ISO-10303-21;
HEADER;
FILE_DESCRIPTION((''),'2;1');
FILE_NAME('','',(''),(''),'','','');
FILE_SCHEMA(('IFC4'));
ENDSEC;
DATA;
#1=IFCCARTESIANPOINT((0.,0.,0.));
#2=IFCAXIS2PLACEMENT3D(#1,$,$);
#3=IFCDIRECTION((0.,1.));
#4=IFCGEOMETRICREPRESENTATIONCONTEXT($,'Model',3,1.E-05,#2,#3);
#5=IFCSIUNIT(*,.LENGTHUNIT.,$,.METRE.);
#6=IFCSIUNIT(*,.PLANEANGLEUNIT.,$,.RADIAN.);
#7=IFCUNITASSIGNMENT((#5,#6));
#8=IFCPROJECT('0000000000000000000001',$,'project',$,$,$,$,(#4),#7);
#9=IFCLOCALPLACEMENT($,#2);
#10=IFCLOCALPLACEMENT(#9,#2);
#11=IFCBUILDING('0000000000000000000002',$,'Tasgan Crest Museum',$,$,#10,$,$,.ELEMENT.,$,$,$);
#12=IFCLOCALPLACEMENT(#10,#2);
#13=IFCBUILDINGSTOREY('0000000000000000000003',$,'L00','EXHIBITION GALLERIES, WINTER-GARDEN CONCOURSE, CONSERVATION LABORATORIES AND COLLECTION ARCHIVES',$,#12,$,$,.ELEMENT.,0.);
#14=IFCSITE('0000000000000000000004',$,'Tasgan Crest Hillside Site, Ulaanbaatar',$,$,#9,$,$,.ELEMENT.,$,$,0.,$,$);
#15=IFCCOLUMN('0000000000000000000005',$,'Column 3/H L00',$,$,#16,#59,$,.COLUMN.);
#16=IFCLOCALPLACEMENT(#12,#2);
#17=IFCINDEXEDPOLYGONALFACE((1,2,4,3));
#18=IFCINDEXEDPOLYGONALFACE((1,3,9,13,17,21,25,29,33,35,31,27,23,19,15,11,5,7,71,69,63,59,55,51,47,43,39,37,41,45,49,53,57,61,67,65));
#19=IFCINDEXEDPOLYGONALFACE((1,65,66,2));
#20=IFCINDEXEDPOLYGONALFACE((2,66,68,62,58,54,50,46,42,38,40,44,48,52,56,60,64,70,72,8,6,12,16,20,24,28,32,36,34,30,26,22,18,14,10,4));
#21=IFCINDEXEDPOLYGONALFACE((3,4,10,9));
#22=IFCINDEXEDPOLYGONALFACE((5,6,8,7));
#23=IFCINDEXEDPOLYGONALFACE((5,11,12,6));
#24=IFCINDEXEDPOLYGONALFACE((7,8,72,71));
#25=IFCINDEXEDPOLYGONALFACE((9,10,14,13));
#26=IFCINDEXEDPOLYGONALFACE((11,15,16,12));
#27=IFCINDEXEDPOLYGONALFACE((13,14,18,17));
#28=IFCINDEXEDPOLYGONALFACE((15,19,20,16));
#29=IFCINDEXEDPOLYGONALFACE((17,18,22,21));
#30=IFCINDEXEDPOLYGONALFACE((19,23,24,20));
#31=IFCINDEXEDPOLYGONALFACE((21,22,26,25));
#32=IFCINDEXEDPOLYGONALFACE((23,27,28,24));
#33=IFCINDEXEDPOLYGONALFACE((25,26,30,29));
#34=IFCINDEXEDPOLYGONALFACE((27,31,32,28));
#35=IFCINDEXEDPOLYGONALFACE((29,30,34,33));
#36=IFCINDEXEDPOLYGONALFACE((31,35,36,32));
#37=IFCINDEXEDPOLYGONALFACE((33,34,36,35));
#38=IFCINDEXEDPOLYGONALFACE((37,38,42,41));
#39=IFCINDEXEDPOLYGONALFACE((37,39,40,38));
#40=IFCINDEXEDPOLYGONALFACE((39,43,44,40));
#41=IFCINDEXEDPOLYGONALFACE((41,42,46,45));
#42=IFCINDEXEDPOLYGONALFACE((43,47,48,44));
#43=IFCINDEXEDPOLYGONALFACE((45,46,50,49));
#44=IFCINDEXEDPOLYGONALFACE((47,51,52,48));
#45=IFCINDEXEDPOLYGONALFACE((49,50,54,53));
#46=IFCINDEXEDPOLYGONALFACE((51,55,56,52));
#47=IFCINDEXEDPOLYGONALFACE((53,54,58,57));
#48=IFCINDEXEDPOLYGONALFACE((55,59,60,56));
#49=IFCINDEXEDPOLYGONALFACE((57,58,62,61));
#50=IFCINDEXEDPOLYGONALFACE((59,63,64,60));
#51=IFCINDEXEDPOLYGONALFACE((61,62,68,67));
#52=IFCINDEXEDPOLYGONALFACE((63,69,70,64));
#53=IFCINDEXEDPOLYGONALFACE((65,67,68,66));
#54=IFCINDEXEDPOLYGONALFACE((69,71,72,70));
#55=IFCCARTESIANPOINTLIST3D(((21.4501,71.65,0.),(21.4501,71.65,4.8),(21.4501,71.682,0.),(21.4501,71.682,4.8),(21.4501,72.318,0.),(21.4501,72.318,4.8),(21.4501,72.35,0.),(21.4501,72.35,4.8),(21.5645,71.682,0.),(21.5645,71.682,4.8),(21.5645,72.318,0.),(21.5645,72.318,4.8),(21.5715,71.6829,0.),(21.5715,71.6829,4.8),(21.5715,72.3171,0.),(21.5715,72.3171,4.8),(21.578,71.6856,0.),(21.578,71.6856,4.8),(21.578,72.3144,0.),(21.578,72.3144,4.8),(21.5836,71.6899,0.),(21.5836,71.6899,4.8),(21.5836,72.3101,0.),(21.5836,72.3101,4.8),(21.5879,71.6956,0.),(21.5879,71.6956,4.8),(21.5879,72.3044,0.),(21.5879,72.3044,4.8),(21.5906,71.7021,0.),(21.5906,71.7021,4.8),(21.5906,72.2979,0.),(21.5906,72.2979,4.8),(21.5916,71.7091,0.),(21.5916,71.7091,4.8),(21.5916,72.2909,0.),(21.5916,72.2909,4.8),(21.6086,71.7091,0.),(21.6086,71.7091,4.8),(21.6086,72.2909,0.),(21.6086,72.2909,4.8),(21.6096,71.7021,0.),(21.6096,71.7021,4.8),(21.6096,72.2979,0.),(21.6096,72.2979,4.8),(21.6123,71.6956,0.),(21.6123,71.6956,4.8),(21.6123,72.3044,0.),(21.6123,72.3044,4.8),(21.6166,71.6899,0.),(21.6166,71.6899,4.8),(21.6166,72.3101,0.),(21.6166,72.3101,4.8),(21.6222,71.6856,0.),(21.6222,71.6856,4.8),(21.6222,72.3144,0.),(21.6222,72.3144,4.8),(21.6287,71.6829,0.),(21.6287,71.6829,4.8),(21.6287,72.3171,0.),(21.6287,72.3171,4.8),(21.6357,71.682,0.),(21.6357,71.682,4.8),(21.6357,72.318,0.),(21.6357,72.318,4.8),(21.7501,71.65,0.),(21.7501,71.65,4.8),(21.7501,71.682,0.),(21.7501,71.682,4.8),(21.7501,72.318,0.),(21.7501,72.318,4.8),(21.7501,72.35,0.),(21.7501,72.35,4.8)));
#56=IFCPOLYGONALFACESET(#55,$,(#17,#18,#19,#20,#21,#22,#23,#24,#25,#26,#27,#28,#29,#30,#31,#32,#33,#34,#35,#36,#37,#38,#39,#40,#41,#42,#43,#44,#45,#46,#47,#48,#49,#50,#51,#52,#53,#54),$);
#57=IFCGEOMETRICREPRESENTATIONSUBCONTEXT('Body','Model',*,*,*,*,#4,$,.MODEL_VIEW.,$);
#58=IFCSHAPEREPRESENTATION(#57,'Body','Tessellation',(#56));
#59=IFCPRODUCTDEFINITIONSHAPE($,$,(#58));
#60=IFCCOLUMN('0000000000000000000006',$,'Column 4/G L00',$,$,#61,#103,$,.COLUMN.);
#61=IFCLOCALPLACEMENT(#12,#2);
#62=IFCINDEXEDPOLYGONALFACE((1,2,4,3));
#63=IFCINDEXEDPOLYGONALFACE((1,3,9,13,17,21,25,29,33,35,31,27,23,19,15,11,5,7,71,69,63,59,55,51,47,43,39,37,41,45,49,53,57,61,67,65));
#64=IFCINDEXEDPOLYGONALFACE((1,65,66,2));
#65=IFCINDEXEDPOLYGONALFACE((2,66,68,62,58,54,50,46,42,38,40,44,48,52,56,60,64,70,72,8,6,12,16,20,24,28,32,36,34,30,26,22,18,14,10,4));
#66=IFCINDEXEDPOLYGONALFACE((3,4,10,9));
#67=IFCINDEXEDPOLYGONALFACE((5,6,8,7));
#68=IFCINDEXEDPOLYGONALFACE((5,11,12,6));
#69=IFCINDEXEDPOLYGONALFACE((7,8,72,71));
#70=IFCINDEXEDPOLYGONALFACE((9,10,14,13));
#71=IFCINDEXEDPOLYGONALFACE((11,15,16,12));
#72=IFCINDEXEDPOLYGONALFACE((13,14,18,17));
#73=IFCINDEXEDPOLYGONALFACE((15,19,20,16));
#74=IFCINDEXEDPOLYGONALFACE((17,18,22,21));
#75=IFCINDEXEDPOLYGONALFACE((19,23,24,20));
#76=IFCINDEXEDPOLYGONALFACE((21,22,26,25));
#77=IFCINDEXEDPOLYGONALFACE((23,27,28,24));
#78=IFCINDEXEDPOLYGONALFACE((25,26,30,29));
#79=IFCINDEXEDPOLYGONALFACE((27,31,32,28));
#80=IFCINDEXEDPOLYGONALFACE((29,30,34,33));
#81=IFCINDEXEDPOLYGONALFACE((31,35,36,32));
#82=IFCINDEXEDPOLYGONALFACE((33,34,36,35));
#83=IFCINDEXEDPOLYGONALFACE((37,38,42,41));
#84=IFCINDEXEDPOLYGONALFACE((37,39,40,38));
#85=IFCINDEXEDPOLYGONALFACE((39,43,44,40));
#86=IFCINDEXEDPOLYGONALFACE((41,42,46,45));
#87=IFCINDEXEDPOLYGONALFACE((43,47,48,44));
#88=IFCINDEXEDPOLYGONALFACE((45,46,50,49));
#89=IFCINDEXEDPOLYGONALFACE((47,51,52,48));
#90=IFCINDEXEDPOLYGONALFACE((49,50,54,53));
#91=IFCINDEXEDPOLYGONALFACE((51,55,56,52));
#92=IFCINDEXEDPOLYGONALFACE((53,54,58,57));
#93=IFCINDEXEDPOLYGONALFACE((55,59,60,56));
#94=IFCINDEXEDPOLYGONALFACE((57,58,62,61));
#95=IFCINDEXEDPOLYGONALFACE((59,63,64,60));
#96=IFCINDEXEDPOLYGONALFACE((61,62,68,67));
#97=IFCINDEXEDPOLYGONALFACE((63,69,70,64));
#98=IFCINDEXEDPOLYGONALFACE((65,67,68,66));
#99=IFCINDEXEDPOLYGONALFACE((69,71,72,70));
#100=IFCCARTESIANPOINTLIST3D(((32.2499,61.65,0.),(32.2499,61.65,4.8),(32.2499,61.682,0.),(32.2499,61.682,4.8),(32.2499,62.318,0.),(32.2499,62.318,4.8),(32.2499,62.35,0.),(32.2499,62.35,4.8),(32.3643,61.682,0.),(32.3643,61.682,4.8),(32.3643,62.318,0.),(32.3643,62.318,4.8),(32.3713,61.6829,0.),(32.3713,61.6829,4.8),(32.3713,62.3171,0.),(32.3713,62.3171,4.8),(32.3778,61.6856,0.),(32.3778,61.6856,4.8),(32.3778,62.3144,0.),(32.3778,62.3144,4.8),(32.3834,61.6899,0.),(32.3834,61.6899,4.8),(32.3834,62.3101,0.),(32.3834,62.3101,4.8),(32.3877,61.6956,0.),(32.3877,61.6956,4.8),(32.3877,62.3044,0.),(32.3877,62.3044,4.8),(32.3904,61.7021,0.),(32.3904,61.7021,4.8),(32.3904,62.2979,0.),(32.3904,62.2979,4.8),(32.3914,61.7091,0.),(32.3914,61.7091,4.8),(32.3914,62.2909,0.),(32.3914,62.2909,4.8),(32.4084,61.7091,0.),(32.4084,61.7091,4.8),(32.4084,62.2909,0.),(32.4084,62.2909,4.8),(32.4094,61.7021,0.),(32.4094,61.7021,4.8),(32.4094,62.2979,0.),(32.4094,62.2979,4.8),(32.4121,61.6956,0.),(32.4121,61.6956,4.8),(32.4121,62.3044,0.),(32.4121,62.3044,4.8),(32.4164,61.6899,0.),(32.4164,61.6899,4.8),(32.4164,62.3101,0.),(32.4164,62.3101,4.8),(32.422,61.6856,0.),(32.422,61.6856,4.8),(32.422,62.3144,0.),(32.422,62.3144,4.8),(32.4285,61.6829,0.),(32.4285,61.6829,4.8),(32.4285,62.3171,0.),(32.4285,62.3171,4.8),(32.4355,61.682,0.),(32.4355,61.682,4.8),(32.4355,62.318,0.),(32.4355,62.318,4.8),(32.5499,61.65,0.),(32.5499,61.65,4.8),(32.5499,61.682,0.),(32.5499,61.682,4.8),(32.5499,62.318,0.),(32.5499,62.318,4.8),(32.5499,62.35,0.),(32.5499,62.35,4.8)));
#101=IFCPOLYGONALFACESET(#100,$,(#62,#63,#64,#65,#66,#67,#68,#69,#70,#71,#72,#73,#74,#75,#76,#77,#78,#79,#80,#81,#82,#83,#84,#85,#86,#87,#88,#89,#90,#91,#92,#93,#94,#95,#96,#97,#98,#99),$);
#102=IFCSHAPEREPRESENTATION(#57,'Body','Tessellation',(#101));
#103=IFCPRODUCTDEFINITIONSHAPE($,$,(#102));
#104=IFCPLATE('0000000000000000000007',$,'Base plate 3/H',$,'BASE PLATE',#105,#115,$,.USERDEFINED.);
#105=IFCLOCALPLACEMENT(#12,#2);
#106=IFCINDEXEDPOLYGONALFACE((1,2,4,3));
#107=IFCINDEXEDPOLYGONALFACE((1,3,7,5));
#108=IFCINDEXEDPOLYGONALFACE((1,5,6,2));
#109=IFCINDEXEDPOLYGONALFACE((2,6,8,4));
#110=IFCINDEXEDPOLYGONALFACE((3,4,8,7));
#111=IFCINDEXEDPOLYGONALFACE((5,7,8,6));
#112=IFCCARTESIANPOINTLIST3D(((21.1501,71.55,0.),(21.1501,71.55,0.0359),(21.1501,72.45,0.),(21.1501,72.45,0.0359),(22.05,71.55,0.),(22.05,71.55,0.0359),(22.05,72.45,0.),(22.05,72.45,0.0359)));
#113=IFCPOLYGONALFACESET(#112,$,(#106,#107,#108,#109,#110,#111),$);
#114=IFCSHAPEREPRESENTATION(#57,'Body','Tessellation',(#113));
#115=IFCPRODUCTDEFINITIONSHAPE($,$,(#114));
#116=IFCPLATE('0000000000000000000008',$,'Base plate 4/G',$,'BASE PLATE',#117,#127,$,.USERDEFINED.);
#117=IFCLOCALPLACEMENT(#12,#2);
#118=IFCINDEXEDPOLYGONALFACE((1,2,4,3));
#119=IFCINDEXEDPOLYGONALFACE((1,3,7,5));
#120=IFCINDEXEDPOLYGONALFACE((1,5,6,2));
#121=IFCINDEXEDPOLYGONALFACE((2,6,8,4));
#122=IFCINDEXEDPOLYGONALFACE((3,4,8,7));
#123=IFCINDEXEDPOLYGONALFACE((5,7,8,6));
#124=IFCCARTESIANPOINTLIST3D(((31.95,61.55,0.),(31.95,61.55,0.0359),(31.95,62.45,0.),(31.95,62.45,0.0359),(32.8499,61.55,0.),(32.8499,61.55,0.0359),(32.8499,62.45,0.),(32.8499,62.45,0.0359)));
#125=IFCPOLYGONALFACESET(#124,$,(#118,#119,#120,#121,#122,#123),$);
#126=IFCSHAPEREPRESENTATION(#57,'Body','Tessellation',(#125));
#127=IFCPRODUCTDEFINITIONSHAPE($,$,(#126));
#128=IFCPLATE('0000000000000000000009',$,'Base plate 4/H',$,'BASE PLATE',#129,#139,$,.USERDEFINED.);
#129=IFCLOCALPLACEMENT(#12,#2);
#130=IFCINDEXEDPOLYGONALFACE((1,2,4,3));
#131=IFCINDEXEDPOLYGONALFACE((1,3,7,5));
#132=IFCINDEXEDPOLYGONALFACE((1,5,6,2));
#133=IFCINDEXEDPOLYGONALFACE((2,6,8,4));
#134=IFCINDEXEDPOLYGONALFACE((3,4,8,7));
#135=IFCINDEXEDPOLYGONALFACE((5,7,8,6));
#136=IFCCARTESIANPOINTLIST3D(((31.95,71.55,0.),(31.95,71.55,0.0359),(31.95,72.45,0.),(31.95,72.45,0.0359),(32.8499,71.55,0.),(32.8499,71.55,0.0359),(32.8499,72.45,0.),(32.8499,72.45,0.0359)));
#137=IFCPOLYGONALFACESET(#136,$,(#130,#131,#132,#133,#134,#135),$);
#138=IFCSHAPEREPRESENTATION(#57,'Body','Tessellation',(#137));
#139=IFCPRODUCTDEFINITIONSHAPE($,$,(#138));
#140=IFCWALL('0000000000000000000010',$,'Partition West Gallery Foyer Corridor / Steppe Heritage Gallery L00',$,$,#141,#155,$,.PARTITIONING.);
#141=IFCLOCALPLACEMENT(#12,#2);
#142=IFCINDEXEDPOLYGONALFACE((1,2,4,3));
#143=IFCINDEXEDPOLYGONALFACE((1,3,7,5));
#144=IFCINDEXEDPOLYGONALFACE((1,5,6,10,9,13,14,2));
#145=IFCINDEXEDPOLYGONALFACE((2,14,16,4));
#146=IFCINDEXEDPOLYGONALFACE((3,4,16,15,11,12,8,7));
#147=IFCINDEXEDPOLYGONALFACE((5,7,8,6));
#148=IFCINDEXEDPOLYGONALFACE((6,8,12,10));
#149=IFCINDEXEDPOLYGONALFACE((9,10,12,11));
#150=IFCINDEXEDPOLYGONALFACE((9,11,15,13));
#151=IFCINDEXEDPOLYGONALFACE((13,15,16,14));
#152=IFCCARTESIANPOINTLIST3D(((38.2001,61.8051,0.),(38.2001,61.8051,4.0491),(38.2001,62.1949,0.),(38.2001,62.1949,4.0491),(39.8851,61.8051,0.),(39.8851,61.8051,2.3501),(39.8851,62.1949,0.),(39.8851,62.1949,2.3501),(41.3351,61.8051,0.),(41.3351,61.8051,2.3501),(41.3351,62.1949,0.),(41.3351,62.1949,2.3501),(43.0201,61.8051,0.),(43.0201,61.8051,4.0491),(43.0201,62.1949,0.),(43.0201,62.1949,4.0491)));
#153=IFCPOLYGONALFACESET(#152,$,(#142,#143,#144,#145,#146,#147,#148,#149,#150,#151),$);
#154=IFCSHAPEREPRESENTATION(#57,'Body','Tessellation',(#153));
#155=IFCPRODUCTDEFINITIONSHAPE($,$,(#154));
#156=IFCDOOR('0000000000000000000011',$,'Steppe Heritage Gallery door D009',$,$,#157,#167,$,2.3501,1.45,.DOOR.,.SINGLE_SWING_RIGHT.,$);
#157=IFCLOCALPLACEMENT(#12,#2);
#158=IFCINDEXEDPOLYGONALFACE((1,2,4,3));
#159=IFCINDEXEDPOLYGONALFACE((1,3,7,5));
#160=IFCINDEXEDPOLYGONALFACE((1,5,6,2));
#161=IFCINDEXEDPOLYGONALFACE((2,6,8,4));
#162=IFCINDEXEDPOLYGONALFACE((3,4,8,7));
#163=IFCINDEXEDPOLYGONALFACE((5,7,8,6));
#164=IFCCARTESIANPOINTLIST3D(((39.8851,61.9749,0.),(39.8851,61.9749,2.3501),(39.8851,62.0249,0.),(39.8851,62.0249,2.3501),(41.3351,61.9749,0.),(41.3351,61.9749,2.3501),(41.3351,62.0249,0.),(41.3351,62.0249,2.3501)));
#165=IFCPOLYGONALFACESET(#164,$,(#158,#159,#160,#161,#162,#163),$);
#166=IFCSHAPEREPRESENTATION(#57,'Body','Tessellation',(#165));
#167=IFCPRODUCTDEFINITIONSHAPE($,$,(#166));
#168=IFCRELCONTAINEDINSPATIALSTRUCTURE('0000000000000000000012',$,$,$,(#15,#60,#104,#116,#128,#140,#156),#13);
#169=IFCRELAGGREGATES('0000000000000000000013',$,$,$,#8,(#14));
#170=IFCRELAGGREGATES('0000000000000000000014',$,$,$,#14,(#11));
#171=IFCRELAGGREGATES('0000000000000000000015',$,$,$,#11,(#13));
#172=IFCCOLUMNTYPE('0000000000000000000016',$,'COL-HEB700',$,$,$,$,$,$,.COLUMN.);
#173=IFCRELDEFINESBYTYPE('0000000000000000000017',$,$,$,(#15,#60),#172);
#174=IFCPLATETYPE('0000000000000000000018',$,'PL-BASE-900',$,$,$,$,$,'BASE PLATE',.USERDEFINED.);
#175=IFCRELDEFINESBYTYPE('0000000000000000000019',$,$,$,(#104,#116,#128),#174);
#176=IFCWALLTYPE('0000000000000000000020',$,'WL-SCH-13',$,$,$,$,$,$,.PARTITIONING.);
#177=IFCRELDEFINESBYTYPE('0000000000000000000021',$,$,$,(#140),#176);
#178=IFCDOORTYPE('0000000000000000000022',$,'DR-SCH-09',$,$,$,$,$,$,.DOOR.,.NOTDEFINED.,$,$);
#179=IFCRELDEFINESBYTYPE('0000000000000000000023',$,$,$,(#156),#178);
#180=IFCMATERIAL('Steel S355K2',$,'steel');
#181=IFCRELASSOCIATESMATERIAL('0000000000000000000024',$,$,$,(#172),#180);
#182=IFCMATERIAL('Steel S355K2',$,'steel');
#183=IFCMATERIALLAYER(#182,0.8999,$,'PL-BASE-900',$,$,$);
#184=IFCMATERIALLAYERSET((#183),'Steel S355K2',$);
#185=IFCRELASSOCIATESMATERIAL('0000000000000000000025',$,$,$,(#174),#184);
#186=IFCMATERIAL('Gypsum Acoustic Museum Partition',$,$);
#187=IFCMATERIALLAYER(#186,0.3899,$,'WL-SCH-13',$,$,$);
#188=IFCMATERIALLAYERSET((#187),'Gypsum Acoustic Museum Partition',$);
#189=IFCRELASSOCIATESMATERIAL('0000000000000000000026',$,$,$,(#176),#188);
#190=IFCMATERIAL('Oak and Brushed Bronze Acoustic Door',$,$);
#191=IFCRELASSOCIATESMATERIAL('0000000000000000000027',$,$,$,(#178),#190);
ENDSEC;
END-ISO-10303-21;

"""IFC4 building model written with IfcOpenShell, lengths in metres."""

from ifc_helpers import new_model, si_unit, direction, frame, frame_2d, origin, origin_2d, place, context, subcontext, project, spatial, rectangle, i_section, extrude, material, layer, layer_set, material_profile, profile_set, type_object, element, fill, save


model = new_model("IFC4")

# Units and contexts
model_context = context("Model", 3, precision=1e-05, world=origin(), true_north=direction((0.0, 1.0)))
body_context = subcontext(model_context, "Body", "Model", "MODEL_VIEW")
ifc_project = project(units=[si_unit("LENGTHUNIT", "METRE"), si_unit("PLANEANGLEUNIT", "RADIAN")], contexts=[model_context])

# Site, building, storey
site_placement = place(None, origin())
site = spatial("IfcSite", under=ifc_project, at=site_placement, Name="Tasgan Crest Hillside Site, Ulaanbaatar", CompositionType="ELEMENT", RefElevation=0.0)
building_placement = place(site_placement, origin())
building = spatial("IfcBuilding", under=site, at=building_placement, Name="Tasgan Crest Museum", CompositionType="ELEMENT")
storey_placement = place(building_placement, origin())
storey = spatial("IfcBuildingStorey", under=building, at=storey_placement, Name="L00", Description="EXHIBITION GALLERIES, WINTER-GARDEN CONCOURSE, CONSERVATION LABORATORIES AND COLLECTION ARCHIVES", CompositionType="ELEMENT", Elevation=0.0)

# Columns
ifc_material_1 = material(Name="Steel S355K2", Category="steel")
ifc_material_profile_1 = material_profile(ifc_material_1, i_section(OverallWidth=0.3, OverallDepth=0.7, WebThickness=0.0171, FlangeThickness=0.032, FilletRadius=0.0271, at=origin_2d()), Name="HEB 700")
ifc_profile_set_1 = profile_set([ifc_material_profile_1], Name="Steel S355K2")
column_type = type_object("IfcColumnType", Name="COL-HEB700", PredefinedType="COLUMN", material=ifc_profile_set_1)
for number, where, z_axis, x_axis, name in (
    (1, (21.6001, 72.0, 0.0), (0.0, 0.0, 1.0), (1.0, 0.0, 0.0), "Column 3/H L00"),
    (2, (32.3999, 62.0, 0.0), (0.0, 0.0, 1.0), (1.0, 0.0, 0.0), "Column 4/G L00"),
):
    element("IfcColumn", number, at=place(storey_placement, frame(where, z_axis=z_axis, x_axis=x_axis)), inside=storey, type_object=column_type, Name=name, PredefinedType="COLUMN", context=body_context, shape_type="SweptSolid", body=[
        extrude(i_section(OverallWidth=0.3, OverallDepth=0.7, WebThickness=0.0171, FlangeThickness=0.032, FilletRadius=0.0271, at=origin_2d()), origin(), (0.0, 0.0, 1.0), 4.8),
    ])

# Plates
ifc_material_2 = material(Name="Steel S355K2", Category="steel")
ifc_layer_1 = layer(ifc_material_2, 0.8999, Name="PL-BASE-900")
ifc_layer_set_1 = layer_set([ifc_layer_1], Name="Steel S355K2")
plate_type = type_object("IfcPlateType", Name="PL-BASE-900", ElementType="BASE PLATE", PredefinedType="USERDEFINED", material=ifc_layer_set_1)
for number, where, z_axis, x_axis, name in (
    (3, (21.6001, 72.0, 0.0), (0.0, 0.0, 1.0), (1.0, 0.0, 0.0), "Base plate 3/H"),
    (4, (32.3999, 62.0, 0.0), (0.0, 0.0, 1.0), (1.0, 0.0, 0.0), "Base plate 4/G"),
    (5, (32.3999, 72.0, 0.0), (0.0, 0.0, 1.0), (1.0, 0.0, 0.0), "Base plate 4/H"),
):
    element("IfcPlate", number, at=place(storey_placement, frame(where, z_axis=z_axis, x_axis=x_axis)), inside=storey, type_object=plate_type, Name=name, ObjectType="BASE PLATE", PredefinedType="USERDEFINED", context=body_context, shape_type="SweptSolid", body=[
        extrude(rectangle(XDim=0.8999, YDim=0.8999, at=origin_2d()), origin(), (0.0, 0.0, 1.0), 0.0359),
    ])

# Wall, opening, door
ifc_material_3 = material(Name="Gypsum Acoustic Museum Partition")
ifc_layer_2 = layer(ifc_material_3, 0.3899, Name="WL-SCH-13")
ifc_layer_set_2 = layer_set([ifc_layer_2], Name="Gypsum Acoustic Museum Partition")
wall_type = type_object("IfcWallType", Name="WL-SCH-13", PredefinedType="PARTITIONING", material=ifc_layer_set_2)
wall_placement = place(storey_placement, frame((38.2, 62.0, 0.0), z_axis=(0.0, 0.0, 1.0), x_axis=(1.0, 0.0, 0.0)))
wall = element("IfcWall", 6, at=wall_placement, inside=storey, type_object=wall_type, Name="Partition West Gallery Foyer Corridor / Steppe Heritage Gallery L00", PredefinedType="PARTITIONING", context=body_context, shape_type="SweptSolid", body=[
    extrude(rectangle(XDim=4.8201, YDim=0.3899, at=frame_2d((2.4102, 0.0))), origin(), (0.0, 0.0, 1.0), 4.0491),
])
opening_placement = place(wall_placement, frame((1.6851, 0.0, 0.0)))
opening = element("IfcOpeningElement", 7, at=opening_placement, cuts=wall, PredefinedType="OPENING", context=body_context, shape_type="SweptSolid", body=[
    extrude(rectangle(XDim=1.45, YDim=2.3501, at=frame_2d((0.7251, 1.175))), frame((0.0, 0.2048, 0.0), z_axis=(0.0, -1.0, 0.0), x_axis=(1.0, 0.0, 0.0)), (0.0, 0.0, 1.0), 0.4099),
])
ifc_material_4 = material(Name="Oak and Brushed Bronze Acoustic Door")
door_type = type_object("IfcDoorType", Name="DR-SCH-09", OperationType="NOTDEFINED", PredefinedType="DOOR", material=ifc_material_4)
door_placement = place(opening_placement, origin())
door = element("IfcDoor", 8, at=door_placement, inside=storey, type_object=door_type, Name="Steppe Heritage Gallery door D009", OperationType="SINGLE_SWING_RIGHT", OverallHeight=2.3501, OverallWidth=1.45, PredefinedType="DOOR", context=body_context, shape_type="SweptSolid", body=[
    extrude(rectangle(XDim=1.45, YDim=2.3501, at=frame_2d((0.7251, 1.175))), frame((0.0, 0.0249, 0.0), z_axis=(0.0, -1.0, 0.0), x_axis=(1.0, 0.0, 0.0)), (0.0, 0.0, 1.0), 0.05),
])
fill(opening, door)

save(model, "model.ifc")
